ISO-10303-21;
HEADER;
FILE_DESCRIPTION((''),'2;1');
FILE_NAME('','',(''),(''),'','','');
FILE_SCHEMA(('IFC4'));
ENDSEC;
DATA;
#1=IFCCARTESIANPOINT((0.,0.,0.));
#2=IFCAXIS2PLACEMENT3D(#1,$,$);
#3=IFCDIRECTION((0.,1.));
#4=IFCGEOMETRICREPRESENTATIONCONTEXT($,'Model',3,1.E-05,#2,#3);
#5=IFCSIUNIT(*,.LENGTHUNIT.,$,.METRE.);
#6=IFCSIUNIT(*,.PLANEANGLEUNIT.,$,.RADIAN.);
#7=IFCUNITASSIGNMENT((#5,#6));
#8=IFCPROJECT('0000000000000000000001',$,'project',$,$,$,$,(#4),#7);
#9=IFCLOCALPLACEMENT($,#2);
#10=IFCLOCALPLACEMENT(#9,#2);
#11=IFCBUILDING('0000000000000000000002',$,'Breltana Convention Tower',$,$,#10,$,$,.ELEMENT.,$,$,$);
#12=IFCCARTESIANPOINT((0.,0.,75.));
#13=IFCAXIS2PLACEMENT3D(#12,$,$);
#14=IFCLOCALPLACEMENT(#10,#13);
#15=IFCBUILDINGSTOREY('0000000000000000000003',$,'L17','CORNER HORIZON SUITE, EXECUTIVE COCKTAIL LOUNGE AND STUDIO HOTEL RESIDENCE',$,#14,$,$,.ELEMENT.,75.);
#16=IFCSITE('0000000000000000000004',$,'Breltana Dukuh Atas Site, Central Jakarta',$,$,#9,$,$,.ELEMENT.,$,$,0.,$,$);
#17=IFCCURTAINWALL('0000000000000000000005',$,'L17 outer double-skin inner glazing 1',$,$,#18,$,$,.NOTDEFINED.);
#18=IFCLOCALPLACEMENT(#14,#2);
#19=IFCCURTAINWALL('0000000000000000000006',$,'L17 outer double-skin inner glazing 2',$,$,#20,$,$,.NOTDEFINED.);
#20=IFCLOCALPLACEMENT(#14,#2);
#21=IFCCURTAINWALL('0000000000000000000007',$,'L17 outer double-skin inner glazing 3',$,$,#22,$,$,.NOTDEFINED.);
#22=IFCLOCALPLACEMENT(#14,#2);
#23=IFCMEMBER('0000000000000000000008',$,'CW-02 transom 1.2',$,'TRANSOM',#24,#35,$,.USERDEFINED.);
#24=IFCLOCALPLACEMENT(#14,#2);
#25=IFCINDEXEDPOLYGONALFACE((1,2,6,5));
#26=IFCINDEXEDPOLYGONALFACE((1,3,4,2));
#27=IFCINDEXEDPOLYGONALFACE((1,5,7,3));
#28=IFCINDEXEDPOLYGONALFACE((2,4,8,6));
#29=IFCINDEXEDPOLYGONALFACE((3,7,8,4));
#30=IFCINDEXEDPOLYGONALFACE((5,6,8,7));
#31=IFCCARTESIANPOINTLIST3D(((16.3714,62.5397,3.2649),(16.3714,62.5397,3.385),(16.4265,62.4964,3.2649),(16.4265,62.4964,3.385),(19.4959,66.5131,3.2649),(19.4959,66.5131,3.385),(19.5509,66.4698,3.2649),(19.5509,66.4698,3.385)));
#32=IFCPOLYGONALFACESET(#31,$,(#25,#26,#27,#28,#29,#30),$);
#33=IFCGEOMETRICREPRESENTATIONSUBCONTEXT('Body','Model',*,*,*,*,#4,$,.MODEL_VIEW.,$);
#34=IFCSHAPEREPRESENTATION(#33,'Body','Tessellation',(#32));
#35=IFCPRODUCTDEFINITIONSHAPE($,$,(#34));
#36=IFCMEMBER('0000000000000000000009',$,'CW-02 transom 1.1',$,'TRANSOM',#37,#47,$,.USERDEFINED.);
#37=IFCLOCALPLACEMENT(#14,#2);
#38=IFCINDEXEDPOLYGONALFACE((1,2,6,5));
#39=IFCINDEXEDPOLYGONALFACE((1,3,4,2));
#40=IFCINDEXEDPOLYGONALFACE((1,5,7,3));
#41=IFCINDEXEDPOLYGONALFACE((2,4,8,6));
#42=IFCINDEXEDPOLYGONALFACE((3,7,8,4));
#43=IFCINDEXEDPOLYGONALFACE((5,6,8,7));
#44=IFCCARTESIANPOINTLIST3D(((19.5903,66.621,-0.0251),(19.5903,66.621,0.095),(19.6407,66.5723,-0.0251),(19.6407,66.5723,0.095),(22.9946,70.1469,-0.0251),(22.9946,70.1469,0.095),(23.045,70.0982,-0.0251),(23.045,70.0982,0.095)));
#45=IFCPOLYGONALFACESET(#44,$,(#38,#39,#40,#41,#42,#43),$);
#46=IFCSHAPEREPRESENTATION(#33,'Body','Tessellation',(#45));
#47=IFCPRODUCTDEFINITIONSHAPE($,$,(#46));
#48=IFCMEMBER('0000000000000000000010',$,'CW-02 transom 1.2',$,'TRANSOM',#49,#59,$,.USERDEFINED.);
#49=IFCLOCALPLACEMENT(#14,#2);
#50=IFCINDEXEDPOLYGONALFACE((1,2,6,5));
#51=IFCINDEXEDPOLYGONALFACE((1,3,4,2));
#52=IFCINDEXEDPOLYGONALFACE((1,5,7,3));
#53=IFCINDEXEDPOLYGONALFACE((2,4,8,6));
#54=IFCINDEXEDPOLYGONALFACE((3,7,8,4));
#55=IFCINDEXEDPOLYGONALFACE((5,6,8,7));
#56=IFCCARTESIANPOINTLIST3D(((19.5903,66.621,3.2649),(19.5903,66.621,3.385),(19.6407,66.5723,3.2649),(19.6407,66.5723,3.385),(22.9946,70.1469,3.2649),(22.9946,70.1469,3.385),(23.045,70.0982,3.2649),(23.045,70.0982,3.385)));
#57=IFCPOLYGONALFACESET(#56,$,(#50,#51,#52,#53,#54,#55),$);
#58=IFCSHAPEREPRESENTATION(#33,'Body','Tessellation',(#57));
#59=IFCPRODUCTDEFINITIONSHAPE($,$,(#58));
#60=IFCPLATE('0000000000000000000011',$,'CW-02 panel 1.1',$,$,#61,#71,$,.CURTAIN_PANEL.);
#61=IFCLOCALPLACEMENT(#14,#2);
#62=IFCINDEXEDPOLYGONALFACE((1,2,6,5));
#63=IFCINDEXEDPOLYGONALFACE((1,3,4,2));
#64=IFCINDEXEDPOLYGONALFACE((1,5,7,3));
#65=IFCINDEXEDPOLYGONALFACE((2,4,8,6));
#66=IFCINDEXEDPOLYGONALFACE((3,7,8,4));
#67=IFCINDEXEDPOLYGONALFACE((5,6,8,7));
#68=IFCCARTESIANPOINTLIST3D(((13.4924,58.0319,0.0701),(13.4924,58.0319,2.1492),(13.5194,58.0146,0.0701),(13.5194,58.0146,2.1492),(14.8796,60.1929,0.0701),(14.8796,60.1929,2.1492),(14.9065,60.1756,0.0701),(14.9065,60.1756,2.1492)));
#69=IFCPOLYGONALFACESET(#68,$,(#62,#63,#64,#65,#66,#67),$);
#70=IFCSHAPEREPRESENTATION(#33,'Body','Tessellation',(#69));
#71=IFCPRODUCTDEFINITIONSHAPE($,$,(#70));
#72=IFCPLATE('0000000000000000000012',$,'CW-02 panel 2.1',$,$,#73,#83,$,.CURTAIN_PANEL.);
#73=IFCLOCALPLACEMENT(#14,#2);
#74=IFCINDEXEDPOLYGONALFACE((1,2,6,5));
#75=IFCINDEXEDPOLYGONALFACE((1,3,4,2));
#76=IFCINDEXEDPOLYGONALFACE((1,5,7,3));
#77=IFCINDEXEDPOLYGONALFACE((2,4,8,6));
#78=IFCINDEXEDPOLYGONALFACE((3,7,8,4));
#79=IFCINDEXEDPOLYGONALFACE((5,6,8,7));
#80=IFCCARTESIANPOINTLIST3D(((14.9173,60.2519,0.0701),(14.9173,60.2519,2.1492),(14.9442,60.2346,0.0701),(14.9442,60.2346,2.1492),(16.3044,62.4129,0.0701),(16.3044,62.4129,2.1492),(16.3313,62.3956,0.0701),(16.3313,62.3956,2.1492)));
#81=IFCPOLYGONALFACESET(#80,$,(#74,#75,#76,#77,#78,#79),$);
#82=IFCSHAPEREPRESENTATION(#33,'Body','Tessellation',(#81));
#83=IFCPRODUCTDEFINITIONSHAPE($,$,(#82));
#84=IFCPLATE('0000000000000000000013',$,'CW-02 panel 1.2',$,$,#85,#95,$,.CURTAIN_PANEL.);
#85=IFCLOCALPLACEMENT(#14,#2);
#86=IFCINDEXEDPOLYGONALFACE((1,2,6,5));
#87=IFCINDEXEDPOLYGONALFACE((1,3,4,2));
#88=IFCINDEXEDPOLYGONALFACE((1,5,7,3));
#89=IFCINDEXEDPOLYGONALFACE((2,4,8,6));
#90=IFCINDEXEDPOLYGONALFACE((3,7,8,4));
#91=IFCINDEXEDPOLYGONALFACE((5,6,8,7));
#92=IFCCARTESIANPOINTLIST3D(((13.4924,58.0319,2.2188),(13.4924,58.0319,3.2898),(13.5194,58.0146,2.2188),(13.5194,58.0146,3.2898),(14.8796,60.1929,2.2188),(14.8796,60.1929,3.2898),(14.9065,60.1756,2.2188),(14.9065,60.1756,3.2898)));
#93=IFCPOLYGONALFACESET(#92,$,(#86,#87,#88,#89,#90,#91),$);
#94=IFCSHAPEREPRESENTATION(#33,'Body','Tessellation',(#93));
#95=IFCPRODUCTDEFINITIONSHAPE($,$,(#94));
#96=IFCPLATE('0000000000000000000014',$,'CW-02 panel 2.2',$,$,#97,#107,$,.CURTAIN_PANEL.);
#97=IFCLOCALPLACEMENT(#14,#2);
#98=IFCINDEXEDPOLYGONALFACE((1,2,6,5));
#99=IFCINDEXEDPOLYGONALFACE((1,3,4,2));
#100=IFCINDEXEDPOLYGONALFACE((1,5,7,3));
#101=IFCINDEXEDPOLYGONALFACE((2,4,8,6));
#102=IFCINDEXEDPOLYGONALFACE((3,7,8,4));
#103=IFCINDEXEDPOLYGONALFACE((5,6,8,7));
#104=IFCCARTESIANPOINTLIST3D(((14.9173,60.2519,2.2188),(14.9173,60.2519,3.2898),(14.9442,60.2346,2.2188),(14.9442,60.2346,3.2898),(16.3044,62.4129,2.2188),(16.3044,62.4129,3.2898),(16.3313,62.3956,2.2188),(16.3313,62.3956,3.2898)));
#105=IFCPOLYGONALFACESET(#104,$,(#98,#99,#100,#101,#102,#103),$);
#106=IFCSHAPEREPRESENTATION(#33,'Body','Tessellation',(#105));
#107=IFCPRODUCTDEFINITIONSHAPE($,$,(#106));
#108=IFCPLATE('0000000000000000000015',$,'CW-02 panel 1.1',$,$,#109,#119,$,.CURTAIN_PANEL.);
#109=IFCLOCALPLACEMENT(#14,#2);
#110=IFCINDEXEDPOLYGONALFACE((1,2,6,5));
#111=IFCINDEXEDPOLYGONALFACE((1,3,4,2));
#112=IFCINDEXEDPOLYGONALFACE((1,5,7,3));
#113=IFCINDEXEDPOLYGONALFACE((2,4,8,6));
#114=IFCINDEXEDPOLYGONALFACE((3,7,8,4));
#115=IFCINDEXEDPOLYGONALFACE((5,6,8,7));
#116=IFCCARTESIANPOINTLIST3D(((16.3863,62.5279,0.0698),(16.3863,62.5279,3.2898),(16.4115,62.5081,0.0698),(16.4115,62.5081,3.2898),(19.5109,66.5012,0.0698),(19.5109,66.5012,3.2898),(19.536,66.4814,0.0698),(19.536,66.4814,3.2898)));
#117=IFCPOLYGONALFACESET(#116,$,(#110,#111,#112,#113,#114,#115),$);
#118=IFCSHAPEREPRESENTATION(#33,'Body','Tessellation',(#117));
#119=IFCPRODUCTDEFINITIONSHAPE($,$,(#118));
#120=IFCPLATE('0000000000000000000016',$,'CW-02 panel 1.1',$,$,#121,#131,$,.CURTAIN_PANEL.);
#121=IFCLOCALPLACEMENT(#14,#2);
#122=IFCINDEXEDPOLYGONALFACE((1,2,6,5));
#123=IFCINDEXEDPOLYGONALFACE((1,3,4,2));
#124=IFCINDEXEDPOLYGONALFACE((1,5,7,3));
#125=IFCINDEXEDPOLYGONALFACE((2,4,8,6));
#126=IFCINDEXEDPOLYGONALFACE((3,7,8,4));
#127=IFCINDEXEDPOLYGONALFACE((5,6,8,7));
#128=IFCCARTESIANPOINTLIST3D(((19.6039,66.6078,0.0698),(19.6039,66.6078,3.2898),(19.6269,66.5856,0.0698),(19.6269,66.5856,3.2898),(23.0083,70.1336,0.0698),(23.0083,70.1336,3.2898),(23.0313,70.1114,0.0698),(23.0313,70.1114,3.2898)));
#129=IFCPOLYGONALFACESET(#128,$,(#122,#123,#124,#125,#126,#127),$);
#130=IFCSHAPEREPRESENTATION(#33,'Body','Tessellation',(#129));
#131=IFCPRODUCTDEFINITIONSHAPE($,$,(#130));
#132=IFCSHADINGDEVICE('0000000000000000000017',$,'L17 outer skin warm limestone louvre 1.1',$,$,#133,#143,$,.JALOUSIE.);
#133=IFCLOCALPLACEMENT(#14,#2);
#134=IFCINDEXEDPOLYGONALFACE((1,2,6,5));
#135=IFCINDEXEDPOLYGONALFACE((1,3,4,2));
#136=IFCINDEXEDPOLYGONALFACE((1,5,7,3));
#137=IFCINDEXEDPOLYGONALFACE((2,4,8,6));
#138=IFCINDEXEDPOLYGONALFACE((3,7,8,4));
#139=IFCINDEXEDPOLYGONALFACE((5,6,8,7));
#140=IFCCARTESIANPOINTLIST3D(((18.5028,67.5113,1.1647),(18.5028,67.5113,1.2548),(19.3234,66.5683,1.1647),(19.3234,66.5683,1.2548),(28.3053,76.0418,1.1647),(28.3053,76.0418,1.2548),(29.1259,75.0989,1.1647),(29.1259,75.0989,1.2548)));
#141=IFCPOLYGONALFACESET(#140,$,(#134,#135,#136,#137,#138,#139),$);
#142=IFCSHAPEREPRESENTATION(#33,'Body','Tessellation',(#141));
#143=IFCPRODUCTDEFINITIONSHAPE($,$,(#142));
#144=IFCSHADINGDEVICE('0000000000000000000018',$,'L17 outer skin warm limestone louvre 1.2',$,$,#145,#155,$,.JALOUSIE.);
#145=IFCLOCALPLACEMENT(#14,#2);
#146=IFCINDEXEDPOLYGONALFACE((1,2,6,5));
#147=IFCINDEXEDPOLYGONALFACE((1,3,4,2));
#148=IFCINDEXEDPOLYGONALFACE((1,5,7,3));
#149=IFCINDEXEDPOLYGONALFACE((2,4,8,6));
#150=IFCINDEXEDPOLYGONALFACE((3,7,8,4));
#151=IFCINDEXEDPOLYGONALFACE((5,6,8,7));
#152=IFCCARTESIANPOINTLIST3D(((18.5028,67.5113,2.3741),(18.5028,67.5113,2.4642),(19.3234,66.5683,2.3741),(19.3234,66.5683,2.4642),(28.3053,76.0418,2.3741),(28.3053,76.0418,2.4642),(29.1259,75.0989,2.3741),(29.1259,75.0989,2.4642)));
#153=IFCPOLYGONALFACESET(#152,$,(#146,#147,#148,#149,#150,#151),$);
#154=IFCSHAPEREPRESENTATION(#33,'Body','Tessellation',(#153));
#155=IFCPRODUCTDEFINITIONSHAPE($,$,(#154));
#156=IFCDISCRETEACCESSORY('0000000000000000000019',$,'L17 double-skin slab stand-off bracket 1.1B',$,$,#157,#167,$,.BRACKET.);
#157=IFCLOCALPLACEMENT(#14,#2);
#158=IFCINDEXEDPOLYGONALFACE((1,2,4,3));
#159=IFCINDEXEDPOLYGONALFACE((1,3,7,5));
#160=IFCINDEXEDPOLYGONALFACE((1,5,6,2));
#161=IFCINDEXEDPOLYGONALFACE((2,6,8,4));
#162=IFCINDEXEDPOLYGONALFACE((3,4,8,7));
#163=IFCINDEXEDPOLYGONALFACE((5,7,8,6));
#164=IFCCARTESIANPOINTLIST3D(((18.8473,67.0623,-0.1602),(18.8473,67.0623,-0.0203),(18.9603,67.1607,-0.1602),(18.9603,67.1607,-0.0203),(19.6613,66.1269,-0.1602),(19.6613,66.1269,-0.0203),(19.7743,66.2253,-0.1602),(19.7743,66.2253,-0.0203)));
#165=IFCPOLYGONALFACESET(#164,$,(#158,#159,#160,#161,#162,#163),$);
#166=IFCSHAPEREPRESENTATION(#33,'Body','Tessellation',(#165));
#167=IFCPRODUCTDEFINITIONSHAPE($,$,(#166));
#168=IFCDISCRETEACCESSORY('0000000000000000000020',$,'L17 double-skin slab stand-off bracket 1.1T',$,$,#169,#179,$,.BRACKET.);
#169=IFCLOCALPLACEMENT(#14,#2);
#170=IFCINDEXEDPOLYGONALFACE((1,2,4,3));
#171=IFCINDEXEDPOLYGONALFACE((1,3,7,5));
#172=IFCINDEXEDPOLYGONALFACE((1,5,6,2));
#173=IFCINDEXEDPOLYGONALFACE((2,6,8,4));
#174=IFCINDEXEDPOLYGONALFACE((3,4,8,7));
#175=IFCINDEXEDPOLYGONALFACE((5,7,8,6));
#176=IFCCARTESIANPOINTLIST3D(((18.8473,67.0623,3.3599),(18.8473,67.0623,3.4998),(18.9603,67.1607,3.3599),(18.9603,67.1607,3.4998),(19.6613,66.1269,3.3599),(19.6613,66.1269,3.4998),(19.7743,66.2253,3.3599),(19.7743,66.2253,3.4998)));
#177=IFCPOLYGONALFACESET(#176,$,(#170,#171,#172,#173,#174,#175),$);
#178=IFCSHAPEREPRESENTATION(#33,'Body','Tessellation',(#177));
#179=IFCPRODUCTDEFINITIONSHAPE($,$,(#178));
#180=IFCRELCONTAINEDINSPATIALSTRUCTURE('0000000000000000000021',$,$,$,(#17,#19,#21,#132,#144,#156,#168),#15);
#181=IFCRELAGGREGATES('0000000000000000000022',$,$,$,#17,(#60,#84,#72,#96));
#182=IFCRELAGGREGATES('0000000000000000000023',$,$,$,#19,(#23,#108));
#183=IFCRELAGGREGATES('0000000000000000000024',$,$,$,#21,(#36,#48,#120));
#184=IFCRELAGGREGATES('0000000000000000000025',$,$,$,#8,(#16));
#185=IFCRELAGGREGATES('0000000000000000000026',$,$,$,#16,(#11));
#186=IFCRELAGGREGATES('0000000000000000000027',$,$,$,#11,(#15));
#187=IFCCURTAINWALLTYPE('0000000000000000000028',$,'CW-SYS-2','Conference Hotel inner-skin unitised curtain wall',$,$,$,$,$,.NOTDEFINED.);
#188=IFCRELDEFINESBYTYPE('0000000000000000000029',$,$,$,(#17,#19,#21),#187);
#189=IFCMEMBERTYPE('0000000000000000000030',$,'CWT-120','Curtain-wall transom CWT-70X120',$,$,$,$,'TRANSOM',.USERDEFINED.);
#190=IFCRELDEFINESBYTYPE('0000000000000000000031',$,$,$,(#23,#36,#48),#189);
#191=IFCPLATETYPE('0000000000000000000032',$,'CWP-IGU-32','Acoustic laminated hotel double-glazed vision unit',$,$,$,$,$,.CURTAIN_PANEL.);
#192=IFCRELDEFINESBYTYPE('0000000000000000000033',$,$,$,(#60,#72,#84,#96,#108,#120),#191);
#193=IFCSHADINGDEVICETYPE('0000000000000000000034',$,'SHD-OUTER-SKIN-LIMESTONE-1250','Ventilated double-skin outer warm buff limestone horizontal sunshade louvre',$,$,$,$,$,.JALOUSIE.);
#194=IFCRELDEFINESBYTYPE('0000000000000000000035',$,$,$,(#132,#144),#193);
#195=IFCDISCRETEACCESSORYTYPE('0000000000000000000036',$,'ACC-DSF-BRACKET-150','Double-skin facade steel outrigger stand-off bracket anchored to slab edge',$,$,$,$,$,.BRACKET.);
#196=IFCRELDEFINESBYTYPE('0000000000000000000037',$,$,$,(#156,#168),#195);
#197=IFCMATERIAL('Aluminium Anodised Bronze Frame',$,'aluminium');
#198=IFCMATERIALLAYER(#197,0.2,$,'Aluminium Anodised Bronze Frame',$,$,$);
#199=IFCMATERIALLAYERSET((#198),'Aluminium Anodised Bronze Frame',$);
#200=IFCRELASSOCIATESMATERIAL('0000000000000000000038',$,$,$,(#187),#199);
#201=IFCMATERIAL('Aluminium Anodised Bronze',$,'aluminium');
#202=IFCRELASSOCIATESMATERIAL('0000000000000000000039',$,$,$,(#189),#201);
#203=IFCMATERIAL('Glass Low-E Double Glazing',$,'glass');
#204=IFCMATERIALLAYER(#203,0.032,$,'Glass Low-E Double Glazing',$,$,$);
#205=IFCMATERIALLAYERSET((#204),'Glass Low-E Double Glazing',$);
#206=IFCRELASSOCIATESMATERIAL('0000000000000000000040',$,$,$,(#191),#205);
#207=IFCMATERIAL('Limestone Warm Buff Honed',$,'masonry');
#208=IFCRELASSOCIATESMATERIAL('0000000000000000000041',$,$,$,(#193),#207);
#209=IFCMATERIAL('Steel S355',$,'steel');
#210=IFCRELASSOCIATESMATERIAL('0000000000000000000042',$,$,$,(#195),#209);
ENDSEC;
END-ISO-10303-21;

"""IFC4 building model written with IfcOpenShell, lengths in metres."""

from ifc_helpers import new_model, si_unit, direction, frame, origin, origin_2d, place, context, subcontext, project, spatial, rectangle, extrude, source, transform, mapped, material, layer, layer_set, material_profile, profile_set, type_object, type_shapes, element, aggregate, save


model = new_model("IFC4")

# Units and contexts
model_context = context("Model", 3, precision=1e-05, world=origin(), true_north=direction((0.0, 1.0)))
body_context = subcontext(model_context, "Body", "Model", "MODEL_VIEW")
ifc_project = project(units=[si_unit("LENGTHUNIT", "METRE"), si_unit("PLANEANGLEUNIT", "RADIAN")], contexts=[model_context])

# Site, building, storey
site_placement = place(None, origin())
site = spatial("IfcSite", under=ifc_project, at=site_placement, Name="Breltana Dukuh Atas Site, Central Jakarta", CompositionType="ELEMENT", RefElevation=0.0)
building_placement = place(site_placement, origin())
building = spatial("IfcBuilding", under=site, at=building_placement, Name="Breltana Convention Tower", CompositionType="ELEMENT")
storey_placement = place(building_placement, frame((0.0, 0.0, 75.0)))
storey = spatial("IfcBuildingStorey", under=building, at=storey_placement, Name="L17", Description="CORNER HORIZON SUITE, EXECUTIVE COCKTAIL LOUNGE AND STUDIO HOTEL RESIDENCE", CompositionType="ELEMENT", Elevation=75.0)

# Curtain walls
ifc_material_1 = material(Name="Aluminium Anodised Bronze Frame", Category="aluminium")
ifc_layer_1 = layer(ifc_material_1, 0.2, Name="Aluminium Anodised Bronze Frame")
ifc_layer_set_1 = layer_set([ifc_layer_1], Name="Aluminium Anodised Bronze Frame")
curtain_wall_type = type_object("IfcCurtainWallType", Name="CW-SYS-2", Description="Conference Hotel inner-skin unitised curtain wall", PredefinedType="NOTDEFINED", material=ifc_layer_set_1)
curtain_wall_1_placement = place(storey_placement, origin())
curtain_wall_1 = element("IfcCurtainWall", 1, at=curtain_wall_1_placement, inside=storey, type_object=curtain_wall_type, Name="L17 outer double-skin inner glazing 1", PredefinedType="NOTDEFINED")
ifc_material_2 = material(Name="Aluminium Anodised Bronze", Category="aluminium")
curtain_wall_2_placement = place(storey_placement, origin())
curtain_wall_2 = element("IfcCurtainWall", 2, at=curtain_wall_2_placement, inside=storey, type_object=curtain_wall_type, Name="L17 outer double-skin inner glazing 2", PredefinedType="NOTDEFINED")

# Curtain wall
curtain_wall_3_placement = place(storey_placement, origin())
curtain_wall_3 = element("IfcCurtainWall", 3, at=curtain_wall_3_placement, inside=storey, type_object=curtain_wall_type, Name="L17 outer double-skin inner glazing 3", PredefinedType="NOTDEFINED")

# Members
ifc_material_profile_1 = material_profile(ifc_material_2, rectangle(XDim=0.0701, YDim=0.1201, at=origin_2d()), Name="CWT-70X120")
ifc_profile_set_1 = profile_set([ifc_material_profile_1], Name="Aluminium Anodised Bronze")
member_type_1 = type_object("IfcMemberType", Name="CWT-120", Description="Curtain-wall transom CWT-70X120", ElementType="TRANSOM", PredefinedType="USERDEFINED", material=ifc_profile_set_1)
shared_shape_1 = source(origin(), body_context, "Body", "SweptSolid", [
    extrude(rectangle(XDim=0.0701, YDim=0.1201, at=origin_2d()), origin(), (0.0, 0.0, 1.0), 5.0547),
])
member_1_placement = place(storey_placement, frame((16.3989, 62.5181, 3.325), z_axis=(0.618135, 0.786072, 0.0), x_axis=(-0.786072, 0.618135, 0.0)))
member_1 = element("IfcMember", 4, at=member_1_placement, type_object=member_type_1, Name="CW-02 transom 1.2", ObjectType="TRANSOM", PredefinedType="USERDEFINED", context=body_context, shape_type="MappedRepresentation", body=[
    mapped(shared_shape_1, transform((0.0, 0.0, 0.0), scale=1.0)),
])
shared_shape_2 = source(origin(), body_context, "Body", "SweptSolid", [
    extrude(rectangle(XDim=0.0701, YDim=0.1201, at=origin_2d()), origin(), (0.0, 0.0, 1.0), 4.9011),
])
member_2_placement = place(storey_placement, frame((19.6155, 66.5967, 0.0349), z_axis=(0.694595, 0.719401, 0.0), x_axis=(-0.719401, 0.694595, 0.0)))
member_2 = element("IfcMember", 5, at=member_2_placement, type_object=member_type_1, Name="CW-02 transom 1.1", ObjectType="TRANSOM", PredefinedType="USERDEFINED", context=body_context, shape_type="MappedRepresentation", body=[
    mapped(shared_shape_2, transform((0.0, 0.0, 0.0), scale=1.0)),
])
member_3_placement = place(storey_placement, frame((19.6155, 66.5967, 3.325), z_axis=(0.694595, 0.719401, 0.0), x_axis=(-0.719401, 0.694595, 0.0)))
member_3 = element("IfcMember", 6, at=member_3_placement, type_object=member_type_1, Name="CW-02 transom 1.2", ObjectType="TRANSOM", PredefinedType="USERDEFINED", context=body_context, shape_type="MappedRepresentation", body=[
    mapped(shared_shape_2, transform((0.0, 0.0, 0.0), scale=1.0)),
])

# Plates
ifc_material_3 = material(Name="Glass Low-E Double Glazing", Category="glass")
ifc_layer_2 = layer(ifc_material_3, 0.032, Name="Glass Low-E Double Glazing")
ifc_layer_set_2 = layer_set([ifc_layer_2], Name="Glass Low-E Double Glazing")
plate_type = type_object("IfcPlateType", Name="CWP-IGU-32", Description="Acoustic laminated hotel double-glazed vision unit", PredefinedType="CURTAIN_PANEL", material=ifc_layer_set_2)
shared_shape_3 = source(origin(), body_context, "Body", "SweptSolid", [
    extrude(rectangle(XDim=2.5679, YDim=0.032, at=origin_2d()), origin(), (0.0, 0.0, 1.0), 2.0791),
])
type_shapes(plate_type, [shared_shape_3])
plate_1_placement = place(storey_placement, frame((14.1995, 59.1038, 0.0701), z_axis=(0.0, 0.0, 1.0), x_axis=(0.540181, 0.841549, 0.0)))
plate_1 = element("IfcPlate", 7, at=plate_1_placement, type_object=plate_type, Name="CW-02 panel 1.1", PredefinedType="CURTAIN_PANEL", context=body_context, shape_type="MappedRepresentation", body=[
    mapped(shared_shape_3, transform((0.0, 0.0, 0.0), scale=1.0)),
])
plate_2_placement = place(storey_placement, frame((15.6243, 61.3237, 0.0701), z_axis=(0.0, 0.0, 1.0), x_axis=(0.540181, 0.841549, 0.0)))
plate_2 = element("IfcPlate", 8, at=plate_2_placement, type_object=plate_type, Name="CW-02 panel 2.1", PredefinedType="CURTAIN_PANEL", context=body_context, shape_type="MappedRepresentation", body=[
    mapped(shared_shape_3, transform((0.0, 0.0, 0.0), scale=1.0)),
])
shared_shape_4 = source(origin(), body_context, "Body", "SweptSolid", [
    extrude(rectangle(XDim=2.5679, YDim=0.032, at=origin_2d()), origin(), (0.0, 0.0, 1.0), 1.071),
])
plate_3_placement = place(storey_placement, frame((14.1995, 59.1038, 2.2188), z_axis=(0.0, 0.0, 1.0), x_axis=(0.540181, 0.841549, 0.0)))
plate_3 = element("IfcPlate", 9, at=plate_3_placement, type_object=plate_type, Name="CW-02 panel 1.2", PredefinedType="CURTAIN_PANEL", context=body_context, shape_type="MappedRepresentation", body=[
    mapped(shared_shape_4, transform((0.0, 0.0, 0.0), scale=1.0)),
])
plate_4_placement = place(storey_placement, frame((15.6243, 61.3237, 2.2188), z_axis=(0.0, 0.0, 1.0), x_axis=(0.540181, 0.841549, 0.0)))
plate_4 = element("IfcPlate", 10, at=plate_4_placement, type_object=plate_type, Name="CW-02 panel 2.2", PredefinedType="CURTAIN_PANEL", context=body_context, shape_type="MappedRepresentation", body=[
    mapped(shared_shape_4, transform((0.0, 0.0, 0.0), scale=1.0)),
])
aggregate(curtain_wall_1, [plate_1, plate_3, plate_2, plate_4])
shared_shape_5 = source(origin(), body_context, "Body", "SweptSolid", [
    extrude(rectangle(XDim=5.0547, YDim=0.032, at=origin_2d()), origin(), (0.0, 0.0, 1.0), 3.22),
])
plate_5_placement = place(storey_placement, frame((17.9612, 64.5046, 0.0698), z_axis=(0.0, 0.0, 1.0), x_axis=(0.618154, 0.786057, 0.0)))
plate_5 = element("IfcPlate", 11, at=plate_5_placement, type_object=plate_type, Name="CW-02 panel 1.1", PredefinedType="CURTAIN_PANEL", context=body_context, shape_type="MappedRepresentation", body=[
    mapped(shared_shape_5, transform((0.0, 0.0, 0.0), scale=1.0)),
])
aggregate(curtain_wall_2, [member_1, plate_5])
shared_shape_6 = source(origin(), body_context, "Body", "SweptSolid", [
    extrude(rectangle(XDim=4.9011, YDim=0.032, at=origin_2d()), origin(), (0.0, 0.0, 1.0), 3.22),
])
plate_6_placement = place(storey_placement, frame((21.3176, 68.3596, 0.0698), z_axis=(0.0, 0.0, 1.0), x_axis=(0.69461, 0.719386, 0.0)))
plate_6 = element("IfcPlate", 12, at=plate_6_placement, type_object=plate_type, Name="CW-02 panel 1.1", PredefinedType="CURTAIN_PANEL", context=body_context, shape_type="MappedRepresentation", body=[
    mapped(shared_shape_6, transform((0.0, 0.0, 0.0), scale=1.0)),
])
aggregate(curtain_wall_3, [member_2, member_3, plate_6])

# Shading devices
ifc_material_4 = material(Name="Limestone Warm Buff Honed", Category="masonry")
ifc_material_profile_2 = material_profile(ifc_material_4, rectangle(XDim=1.25, YDim=0.0901, at=origin_2d()), Name="STN-LVR-1250X90")
ifc_profile_set_2 = profile_set([ifc_material_profile_2], Name="Limestone Warm Buff Honed")
shading_device_type = type_object("IfcShadingDeviceType", Name="SHD-OUTER-SKIN-LIMESTONE-1250", Description="Ventilated double-skin outer warm buff limestone horizontal sunshade louvre", PredefinedType="JALOUSIE", material=ifc_profile_set_2)
shared_shape_7 = source(origin(), body_context, "Body", "SweptSolid", [
    extrude(rectangle(XDim=1.25, YDim=0.0901, at=origin_2d()), origin(), (0.0, 0.0, 1.0), 12.9946),
])
type_shapes(shading_device_type, [shared_shape_7])
for number, where, z_axis, x_axis, name in (
    (13, (18.9131, 67.0398, 1.2097), (0.754353, 0.656468, 0.0), (-0.656468, 0.754353, 0.0), "L17 outer skin warm limestone louvre 1.1"),
    (14, (18.9131, 67.0398, 2.4192), (0.754353, 0.656468, 0.0), (-0.656468, 0.754353, 0.0), "L17 outer skin warm limestone louvre 1.2"),
):
    element("IfcShadingDevice", number, at=place(storey_placement, frame(where, z_axis=z_axis, x_axis=x_axis)), inside=storey, type_object=shading_device_type, Name=name, PredefinedType="JALOUSIE", context=body_context, shape_type="MappedRepresentation", body=[
        mapped(shared_shape_7, transform((0.0, 0.0, 0.0), scale=1.0)),
    ])

# Discrete accessories
ifc_material_5 = material(Name="Steel S355", Category="steel")
discrete_accessory_type_1 = type_object("IfcDiscreteAccessoryType", Name="ACC-DSF-BRACKET-150", Description="Double-skin facade steel outrigger stand-off bracket anchored to slab edge", PredefinedType="BRACKET", material=ifc_material_5)
shared_shape_8 = source(origin(), body_context, "Body", "SweptSolid", [
    extrude(rectangle(XDim=1.24, YDim=0.1499, at=origin_2d()), origin(), (0.0, 0.0, 1.0), 0.1399),
])
type_shapes(discrete_accessory_type_1, [shared_shape_8])
for number, where, z_axis, x_axis, name in (
    (15, (19.3108, 66.6438, -0.1602), (0.0, 0.0, 1.0), (-0.656457, 0.754364, 0.0), "L17 double-skin slab stand-off bracket 1.1B"),
    (16, (19.3108, 66.6438, 3.3599), (0.0, 0.0, 1.0), (-0.656457, 0.754364, 0.0), "L17 double-skin slab stand-off bracket 1.1T"),
):
    element("IfcDiscreteAccessory", number, at=place(storey_placement, frame(where, z_axis=z_axis, x_axis=x_axis)), inside=storey, type_object=discrete_accessory_type_1, Name=name, PredefinedType="BRACKET", context=body_context, shape_type="MappedRepresentation", body=[
        mapped(shared_shape_8, transform((0.0, 0.0, 0.0), scale=1.0)),
    ])

save(model, "model.ifc")
